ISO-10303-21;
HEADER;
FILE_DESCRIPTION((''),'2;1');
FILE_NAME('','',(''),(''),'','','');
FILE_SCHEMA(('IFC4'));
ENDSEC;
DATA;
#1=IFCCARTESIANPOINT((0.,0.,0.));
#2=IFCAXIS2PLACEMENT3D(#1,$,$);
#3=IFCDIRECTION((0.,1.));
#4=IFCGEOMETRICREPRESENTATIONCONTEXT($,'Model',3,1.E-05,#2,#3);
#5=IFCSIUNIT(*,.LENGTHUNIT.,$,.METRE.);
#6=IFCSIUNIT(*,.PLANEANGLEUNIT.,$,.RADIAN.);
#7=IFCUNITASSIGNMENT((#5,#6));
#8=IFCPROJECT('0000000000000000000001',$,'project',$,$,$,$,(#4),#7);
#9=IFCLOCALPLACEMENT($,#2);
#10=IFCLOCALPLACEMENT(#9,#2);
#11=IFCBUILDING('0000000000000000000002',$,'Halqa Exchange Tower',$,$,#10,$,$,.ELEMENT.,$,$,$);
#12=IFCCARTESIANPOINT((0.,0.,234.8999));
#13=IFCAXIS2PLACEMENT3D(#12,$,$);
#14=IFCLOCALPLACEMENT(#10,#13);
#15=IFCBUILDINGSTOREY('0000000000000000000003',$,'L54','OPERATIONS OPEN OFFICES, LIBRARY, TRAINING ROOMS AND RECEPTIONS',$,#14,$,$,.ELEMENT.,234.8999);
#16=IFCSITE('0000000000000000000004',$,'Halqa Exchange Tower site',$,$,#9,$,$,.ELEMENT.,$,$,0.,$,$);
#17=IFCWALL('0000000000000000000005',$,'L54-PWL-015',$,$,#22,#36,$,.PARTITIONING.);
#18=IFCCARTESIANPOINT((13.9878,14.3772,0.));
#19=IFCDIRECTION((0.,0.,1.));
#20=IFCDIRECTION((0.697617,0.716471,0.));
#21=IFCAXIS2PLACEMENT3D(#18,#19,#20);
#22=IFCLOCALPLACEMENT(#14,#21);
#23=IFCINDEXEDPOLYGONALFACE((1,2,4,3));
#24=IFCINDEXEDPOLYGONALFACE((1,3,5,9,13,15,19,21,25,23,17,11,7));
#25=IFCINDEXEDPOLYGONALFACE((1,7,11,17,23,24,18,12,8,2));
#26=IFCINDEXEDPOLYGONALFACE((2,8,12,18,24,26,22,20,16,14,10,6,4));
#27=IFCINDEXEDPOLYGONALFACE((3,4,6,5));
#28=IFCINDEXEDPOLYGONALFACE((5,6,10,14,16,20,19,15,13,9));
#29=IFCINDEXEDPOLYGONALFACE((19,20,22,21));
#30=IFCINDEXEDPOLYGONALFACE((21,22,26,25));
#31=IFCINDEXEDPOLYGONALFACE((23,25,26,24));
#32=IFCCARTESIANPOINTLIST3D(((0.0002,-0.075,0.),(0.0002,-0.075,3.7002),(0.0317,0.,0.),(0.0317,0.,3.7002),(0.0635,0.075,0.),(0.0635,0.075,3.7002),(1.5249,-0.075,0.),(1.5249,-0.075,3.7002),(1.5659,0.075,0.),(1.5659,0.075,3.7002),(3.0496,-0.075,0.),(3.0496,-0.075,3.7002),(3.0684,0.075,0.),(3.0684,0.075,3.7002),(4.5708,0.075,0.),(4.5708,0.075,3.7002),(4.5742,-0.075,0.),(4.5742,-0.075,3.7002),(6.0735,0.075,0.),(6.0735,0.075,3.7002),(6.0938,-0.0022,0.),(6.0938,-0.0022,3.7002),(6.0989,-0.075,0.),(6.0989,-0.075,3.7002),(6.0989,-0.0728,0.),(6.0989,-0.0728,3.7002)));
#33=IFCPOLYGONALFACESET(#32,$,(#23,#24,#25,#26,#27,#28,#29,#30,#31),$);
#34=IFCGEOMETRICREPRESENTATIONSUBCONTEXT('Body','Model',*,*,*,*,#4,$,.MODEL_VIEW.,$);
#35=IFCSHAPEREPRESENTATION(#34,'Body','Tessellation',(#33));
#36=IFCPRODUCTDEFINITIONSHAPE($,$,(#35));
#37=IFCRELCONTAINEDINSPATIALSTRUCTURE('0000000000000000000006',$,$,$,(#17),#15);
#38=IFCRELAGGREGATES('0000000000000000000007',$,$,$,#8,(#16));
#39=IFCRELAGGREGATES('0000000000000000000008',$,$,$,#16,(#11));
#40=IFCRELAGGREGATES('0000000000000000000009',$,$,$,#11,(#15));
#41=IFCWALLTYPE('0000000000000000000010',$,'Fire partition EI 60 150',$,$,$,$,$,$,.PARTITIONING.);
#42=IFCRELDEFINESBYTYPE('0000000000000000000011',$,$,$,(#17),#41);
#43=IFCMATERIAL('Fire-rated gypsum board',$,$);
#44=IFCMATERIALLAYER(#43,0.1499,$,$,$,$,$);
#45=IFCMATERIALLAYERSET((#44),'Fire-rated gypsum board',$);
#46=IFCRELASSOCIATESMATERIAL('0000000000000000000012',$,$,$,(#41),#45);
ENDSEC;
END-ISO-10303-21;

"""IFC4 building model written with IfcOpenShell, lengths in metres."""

from ifc_helpers import new_model, si_unit, direction, frame, origin, place, context, subcontext, project, spatial, polyline, outline, extrude, material, layer, layer_set, type_object, element, save


model = new_model("IFC4")

# Units and contexts
model_context = context("Model", 3, precision=1e-05, world=origin(), true_north=direction((0.0, 1.0)))
body_context = subcontext(model_context, "Body", "Model", "MODEL_VIEW")
ifc_project = project(units=[si_unit("LENGTHUNIT", "METRE"), si_unit("PLANEANGLEUNIT", "RADIAN")], contexts=[model_context])

# Site, building, storey
site_placement = place(None, origin())
site = spatial("IfcSite", under=ifc_project, at=site_placement, Name="Halqa Exchange Tower site", CompositionType="ELEMENT", RefElevation=0.0)
building_placement = place(site_placement, origin())
building = spatial("IfcBuilding", under=site, at=building_placement, Name="Halqa Exchange Tower", CompositionType="ELEMENT")
storey_placement = place(building_placement, frame((0.0, 0.0, 234.8999)))
storey = spatial("IfcBuildingStorey", under=building, at=storey_placement, Name="L54", Description="OPERATIONS OPEN OFFICES, LIBRARY, TRAINING ROOMS AND RECEPTIONS", CompositionType="ELEMENT", Elevation=234.8999)

# Wall
ifc_material_1 = material(Name="Fire-rated gypsum board")
ifc_layer_1 = layer(ifc_material_1, 0.1499)
ifc_layer_set_1 = layer_set([ifc_layer_1], Name="Fire-rated gypsum board")
wall_type_1 = type_object("IfcWallType", Name="Fire partition EI 60 150", PredefinedType="PARTITIONING", material=ifc_layer_set_1)
wall_1_placement = place(storey_placement, frame((13.9878, 14.3772, 0.0), z_axis=(0.0, 0.0, 1.0), x_axis=(0.697617, 0.716471, 0.0)))
element("IfcWall", 1, at=wall_1_placement, inside=storey, type_object=wall_type_1, Name="L54-PWL-015", PredefinedType="PARTITIONING", context=body_context, shape_type="SweptSolid", body=[
    extrude(outline(polyline([(6.0989, -0.075), (6.0989, -0.0728), (6.0938, -0.0022), (6.0735, 0.075), (4.5708, 0.075), (3.0684, 0.075), (1.5659, 0.075), (0.0635, 0.075), (0.0317, 0.0), (0.0002, -0.075), (1.5249, -0.075), (3.0496, -0.075), (4.5742, -0.075), (6.0989, -0.075)])), origin(), (0.0, 0.0, 1.0), 3.7002),
])

save(model, "model.ifc")
